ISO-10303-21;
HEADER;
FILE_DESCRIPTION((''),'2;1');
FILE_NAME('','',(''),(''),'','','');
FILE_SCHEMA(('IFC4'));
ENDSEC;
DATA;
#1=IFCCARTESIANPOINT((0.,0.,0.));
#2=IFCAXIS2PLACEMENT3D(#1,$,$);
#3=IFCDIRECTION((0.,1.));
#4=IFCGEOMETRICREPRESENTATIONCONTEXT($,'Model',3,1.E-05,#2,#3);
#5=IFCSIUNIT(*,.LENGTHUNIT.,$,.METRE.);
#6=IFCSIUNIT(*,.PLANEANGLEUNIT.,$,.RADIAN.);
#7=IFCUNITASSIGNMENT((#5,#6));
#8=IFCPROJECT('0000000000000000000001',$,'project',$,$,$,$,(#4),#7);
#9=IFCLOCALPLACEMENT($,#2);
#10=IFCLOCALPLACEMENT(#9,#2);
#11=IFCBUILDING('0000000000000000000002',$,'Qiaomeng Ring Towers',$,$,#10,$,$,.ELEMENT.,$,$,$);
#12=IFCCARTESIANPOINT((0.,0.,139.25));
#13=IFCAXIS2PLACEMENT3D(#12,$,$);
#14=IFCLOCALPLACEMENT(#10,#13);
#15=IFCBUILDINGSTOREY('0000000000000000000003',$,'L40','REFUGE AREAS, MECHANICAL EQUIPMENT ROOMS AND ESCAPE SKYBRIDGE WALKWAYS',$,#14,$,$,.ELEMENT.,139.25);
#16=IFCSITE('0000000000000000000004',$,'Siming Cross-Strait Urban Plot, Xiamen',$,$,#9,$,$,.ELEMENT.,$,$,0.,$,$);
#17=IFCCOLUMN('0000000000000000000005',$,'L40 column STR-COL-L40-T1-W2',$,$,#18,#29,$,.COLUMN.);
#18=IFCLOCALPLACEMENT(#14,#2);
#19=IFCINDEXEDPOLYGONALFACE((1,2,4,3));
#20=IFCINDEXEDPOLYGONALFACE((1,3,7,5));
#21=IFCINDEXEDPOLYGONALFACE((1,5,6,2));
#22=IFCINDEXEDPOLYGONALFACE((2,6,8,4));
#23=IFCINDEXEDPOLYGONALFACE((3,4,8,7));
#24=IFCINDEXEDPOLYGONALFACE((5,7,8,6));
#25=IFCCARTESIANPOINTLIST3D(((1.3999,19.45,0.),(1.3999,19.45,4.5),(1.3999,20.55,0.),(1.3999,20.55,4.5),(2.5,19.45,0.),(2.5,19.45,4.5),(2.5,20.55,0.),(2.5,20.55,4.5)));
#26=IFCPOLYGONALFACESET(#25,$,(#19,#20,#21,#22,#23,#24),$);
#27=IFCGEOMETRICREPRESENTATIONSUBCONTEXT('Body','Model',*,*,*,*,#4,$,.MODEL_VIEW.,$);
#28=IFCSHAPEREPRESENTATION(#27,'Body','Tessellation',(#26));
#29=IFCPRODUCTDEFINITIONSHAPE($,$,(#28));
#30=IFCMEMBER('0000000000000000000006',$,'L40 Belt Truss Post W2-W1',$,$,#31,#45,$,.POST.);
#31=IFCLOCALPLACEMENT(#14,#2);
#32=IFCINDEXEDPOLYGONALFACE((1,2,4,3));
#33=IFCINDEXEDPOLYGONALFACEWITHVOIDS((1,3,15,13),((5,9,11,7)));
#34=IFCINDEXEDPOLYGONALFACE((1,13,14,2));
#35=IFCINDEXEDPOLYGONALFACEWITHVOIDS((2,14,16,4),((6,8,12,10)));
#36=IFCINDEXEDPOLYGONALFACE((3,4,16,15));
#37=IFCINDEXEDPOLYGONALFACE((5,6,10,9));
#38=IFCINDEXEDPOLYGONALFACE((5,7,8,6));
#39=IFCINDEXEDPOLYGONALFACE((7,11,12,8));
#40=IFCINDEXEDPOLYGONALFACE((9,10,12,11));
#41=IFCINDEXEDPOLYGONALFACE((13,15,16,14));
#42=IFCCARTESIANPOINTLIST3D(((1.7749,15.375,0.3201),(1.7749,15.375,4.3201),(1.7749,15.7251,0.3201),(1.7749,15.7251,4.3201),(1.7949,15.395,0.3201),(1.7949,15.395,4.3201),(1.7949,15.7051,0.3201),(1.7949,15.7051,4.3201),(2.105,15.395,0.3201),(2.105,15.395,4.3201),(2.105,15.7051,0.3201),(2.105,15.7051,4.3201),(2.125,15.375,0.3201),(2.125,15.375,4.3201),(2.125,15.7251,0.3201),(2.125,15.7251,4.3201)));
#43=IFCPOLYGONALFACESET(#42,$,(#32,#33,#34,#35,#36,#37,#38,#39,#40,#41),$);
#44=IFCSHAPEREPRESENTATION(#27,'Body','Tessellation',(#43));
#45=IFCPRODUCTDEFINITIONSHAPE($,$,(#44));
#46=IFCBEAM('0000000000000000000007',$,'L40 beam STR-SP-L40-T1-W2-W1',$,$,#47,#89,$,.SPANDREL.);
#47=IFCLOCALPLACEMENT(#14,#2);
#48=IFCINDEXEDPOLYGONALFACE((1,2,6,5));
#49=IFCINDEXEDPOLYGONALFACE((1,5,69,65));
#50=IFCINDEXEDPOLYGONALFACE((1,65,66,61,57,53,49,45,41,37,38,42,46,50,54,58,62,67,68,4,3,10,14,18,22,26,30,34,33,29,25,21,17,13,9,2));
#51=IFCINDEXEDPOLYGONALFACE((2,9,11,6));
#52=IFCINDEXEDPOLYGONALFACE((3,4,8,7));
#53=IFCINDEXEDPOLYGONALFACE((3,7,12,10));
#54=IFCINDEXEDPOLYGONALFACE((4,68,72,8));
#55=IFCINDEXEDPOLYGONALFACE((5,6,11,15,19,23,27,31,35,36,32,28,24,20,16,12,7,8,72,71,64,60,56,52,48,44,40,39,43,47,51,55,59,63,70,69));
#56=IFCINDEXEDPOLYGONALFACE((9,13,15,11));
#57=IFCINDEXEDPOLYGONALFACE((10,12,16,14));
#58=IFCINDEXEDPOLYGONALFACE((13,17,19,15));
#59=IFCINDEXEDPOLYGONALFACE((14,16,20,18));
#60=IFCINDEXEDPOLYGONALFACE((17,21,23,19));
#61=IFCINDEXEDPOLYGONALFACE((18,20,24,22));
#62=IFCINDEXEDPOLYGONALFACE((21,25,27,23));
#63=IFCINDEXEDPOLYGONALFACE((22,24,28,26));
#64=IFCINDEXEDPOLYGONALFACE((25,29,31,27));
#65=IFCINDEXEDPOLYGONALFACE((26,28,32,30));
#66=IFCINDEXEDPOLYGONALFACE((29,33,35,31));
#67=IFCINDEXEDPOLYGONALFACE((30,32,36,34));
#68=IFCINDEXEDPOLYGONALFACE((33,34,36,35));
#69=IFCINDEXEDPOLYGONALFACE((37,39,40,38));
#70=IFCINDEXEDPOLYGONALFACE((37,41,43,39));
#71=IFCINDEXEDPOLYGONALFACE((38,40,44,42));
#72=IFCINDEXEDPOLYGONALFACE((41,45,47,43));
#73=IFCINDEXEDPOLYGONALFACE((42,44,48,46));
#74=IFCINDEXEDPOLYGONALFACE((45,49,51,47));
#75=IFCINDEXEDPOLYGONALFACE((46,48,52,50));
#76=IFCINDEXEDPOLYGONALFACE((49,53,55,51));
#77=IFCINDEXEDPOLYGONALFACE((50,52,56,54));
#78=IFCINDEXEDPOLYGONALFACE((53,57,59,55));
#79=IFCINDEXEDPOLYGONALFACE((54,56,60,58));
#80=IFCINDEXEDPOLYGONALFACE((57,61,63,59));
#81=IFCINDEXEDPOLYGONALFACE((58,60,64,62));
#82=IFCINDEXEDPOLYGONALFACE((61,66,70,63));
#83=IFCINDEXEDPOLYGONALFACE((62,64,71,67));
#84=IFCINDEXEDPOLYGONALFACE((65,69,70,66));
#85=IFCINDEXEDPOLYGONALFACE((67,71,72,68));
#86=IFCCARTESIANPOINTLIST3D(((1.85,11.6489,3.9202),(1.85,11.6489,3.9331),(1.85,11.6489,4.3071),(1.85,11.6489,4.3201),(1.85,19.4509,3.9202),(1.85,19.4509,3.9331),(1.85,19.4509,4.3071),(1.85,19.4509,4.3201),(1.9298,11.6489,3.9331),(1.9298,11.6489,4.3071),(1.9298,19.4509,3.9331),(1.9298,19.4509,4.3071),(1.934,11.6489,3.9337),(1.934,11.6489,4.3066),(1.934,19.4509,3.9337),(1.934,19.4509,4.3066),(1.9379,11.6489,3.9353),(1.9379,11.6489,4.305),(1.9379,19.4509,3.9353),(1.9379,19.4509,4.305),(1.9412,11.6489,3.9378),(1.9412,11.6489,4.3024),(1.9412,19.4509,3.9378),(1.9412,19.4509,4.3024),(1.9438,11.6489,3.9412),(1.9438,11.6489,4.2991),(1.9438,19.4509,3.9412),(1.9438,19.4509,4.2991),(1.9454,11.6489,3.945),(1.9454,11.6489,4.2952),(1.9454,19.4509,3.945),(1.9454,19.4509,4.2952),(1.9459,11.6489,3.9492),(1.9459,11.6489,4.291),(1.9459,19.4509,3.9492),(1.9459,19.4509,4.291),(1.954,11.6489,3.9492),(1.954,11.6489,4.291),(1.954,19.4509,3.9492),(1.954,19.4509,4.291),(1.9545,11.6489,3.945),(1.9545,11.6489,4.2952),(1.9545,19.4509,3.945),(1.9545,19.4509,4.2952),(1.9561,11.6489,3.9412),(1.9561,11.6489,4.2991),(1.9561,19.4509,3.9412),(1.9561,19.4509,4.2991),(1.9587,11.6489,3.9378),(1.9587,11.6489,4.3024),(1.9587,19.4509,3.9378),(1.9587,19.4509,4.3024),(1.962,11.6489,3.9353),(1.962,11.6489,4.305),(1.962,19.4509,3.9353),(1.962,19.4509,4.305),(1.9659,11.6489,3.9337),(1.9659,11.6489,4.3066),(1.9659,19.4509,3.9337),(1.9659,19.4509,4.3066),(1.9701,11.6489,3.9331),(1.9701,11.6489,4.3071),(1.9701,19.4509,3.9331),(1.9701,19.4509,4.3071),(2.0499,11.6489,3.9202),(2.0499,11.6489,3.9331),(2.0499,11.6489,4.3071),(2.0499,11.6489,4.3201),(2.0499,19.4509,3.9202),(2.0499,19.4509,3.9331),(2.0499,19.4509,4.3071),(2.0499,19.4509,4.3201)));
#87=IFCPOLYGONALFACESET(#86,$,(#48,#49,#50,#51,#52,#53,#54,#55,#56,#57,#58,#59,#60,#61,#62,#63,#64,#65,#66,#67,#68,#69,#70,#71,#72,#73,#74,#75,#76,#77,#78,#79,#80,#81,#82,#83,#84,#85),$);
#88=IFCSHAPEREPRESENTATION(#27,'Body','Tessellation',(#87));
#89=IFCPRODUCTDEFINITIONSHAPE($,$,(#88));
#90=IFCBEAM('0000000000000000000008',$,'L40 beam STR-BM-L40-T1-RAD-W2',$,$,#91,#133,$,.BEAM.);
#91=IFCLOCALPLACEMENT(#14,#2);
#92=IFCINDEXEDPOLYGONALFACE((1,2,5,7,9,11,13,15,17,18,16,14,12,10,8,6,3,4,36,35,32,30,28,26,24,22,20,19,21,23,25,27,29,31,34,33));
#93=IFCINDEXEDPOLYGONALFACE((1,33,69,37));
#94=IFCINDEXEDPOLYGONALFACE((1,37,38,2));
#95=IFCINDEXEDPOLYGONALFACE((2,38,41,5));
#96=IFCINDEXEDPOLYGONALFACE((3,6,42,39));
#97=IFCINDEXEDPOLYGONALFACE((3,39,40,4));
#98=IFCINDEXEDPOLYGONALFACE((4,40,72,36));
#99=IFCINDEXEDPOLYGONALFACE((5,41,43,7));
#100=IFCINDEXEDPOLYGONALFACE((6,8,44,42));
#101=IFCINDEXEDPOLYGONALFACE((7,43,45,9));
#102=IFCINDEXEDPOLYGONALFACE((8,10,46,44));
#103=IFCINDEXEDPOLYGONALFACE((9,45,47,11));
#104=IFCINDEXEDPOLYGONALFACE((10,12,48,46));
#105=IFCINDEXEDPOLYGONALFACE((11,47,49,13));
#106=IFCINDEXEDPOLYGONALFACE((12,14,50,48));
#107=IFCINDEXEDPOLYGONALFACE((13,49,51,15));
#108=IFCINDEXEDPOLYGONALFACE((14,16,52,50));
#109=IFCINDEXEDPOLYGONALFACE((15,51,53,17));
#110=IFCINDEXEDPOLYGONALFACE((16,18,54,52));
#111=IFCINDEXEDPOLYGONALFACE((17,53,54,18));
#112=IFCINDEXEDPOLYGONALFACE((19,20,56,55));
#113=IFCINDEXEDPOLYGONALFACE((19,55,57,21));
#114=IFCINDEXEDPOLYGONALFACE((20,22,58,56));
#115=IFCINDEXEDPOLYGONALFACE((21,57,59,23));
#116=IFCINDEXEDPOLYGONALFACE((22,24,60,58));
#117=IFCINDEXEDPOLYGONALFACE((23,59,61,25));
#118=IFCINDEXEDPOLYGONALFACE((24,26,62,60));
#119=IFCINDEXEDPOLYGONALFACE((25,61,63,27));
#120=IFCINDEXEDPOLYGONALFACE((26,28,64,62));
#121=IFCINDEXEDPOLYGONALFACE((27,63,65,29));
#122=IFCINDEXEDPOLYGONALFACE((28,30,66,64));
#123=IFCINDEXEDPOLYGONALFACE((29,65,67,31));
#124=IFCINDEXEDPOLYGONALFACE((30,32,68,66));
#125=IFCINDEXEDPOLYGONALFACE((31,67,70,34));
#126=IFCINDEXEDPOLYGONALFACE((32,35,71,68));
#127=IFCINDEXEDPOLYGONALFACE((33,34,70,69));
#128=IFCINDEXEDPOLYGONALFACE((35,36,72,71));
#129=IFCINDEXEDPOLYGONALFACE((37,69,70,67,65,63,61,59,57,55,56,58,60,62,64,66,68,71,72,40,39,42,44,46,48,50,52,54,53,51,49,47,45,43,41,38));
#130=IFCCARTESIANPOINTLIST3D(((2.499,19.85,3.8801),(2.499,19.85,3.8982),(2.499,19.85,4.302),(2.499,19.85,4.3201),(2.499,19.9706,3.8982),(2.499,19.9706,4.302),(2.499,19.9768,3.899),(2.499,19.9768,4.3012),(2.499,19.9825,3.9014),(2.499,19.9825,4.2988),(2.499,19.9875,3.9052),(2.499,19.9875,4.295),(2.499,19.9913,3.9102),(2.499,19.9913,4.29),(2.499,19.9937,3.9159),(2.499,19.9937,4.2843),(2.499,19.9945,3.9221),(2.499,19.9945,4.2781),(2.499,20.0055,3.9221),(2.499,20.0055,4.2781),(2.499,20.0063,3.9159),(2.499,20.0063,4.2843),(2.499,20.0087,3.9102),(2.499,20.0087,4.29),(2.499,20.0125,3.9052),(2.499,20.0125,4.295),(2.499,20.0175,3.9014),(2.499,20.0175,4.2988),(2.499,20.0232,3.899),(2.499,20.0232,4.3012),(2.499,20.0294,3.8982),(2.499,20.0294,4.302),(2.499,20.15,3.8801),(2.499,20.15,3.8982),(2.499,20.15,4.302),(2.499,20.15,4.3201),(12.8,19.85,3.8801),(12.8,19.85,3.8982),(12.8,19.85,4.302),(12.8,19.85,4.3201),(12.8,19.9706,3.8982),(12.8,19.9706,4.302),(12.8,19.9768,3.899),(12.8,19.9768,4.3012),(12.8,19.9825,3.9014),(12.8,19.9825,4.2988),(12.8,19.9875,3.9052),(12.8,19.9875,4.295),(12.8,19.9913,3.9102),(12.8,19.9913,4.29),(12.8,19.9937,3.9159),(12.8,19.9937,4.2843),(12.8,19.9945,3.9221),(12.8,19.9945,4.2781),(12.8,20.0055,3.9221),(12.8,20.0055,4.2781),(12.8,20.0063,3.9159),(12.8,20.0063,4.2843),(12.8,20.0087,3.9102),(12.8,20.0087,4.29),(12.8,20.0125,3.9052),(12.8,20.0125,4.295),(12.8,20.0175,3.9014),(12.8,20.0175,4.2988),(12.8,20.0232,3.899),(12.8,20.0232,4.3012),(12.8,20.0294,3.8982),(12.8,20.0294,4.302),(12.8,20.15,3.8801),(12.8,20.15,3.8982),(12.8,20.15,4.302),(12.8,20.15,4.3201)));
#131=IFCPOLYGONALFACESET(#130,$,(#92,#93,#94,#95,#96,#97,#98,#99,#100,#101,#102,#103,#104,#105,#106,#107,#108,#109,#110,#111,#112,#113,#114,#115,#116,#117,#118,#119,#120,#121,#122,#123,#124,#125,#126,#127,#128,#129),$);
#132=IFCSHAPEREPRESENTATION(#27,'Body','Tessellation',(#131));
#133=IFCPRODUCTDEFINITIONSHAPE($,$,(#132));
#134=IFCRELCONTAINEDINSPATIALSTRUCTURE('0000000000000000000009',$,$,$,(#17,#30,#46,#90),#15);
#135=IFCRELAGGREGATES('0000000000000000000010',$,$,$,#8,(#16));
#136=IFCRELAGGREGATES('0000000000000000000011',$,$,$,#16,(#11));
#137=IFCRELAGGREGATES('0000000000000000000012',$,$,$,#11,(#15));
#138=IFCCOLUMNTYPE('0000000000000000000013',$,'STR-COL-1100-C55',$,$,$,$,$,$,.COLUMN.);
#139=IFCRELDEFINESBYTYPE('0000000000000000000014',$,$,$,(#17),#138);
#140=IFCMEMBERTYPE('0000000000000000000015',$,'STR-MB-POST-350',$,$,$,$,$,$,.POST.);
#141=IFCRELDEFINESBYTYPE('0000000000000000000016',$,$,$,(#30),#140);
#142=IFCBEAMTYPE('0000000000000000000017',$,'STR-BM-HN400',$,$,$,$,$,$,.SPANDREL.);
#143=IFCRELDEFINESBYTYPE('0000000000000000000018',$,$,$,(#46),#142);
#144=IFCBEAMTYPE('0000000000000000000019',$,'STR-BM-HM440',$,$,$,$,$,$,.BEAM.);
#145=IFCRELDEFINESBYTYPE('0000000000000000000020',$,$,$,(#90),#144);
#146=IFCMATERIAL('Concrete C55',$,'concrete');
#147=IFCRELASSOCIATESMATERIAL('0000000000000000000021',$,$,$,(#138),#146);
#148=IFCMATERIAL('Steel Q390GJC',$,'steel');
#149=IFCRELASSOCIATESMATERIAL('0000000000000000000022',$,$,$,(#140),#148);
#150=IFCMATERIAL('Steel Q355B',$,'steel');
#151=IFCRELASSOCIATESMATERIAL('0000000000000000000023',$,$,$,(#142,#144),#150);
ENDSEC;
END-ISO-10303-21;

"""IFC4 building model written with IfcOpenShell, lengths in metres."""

from ifc_helpers import new_model, si_unit, direction, frame, origin, origin_2d, place, context, subcontext, project, spatial, rectangle, hollow_rectangle, i_section, extrude, source, transform, mapped, material, material_profile, profile_set, type_object, element, save


model = new_model("IFC4")

# Units and contexts
model_context = context("Model", 3, precision=1e-05, world=origin(), true_north=direction((0.0, 1.0)))
body_context = subcontext(model_context, "Body", "Model", "MODEL_VIEW")
ifc_project = project(units=[si_unit("LENGTHUNIT", "METRE"), si_unit("PLANEANGLEUNIT", "RADIAN")], contexts=[model_context])

# Site, building, storey
site_placement = place(None, origin())
site = spatial("IfcSite", under=ifc_project, at=site_placement, Name="Siming Cross-Strait Urban Plot, Xiamen", CompositionType="ELEMENT", RefElevation=0.0)
building_placement = place(site_placement, origin())
building = spatial("IfcBuilding", under=site, at=building_placement, Name="Qiaomeng Ring Towers", CompositionType="ELEMENT")
storey_placement = place(building_placement, frame((0.0, 0.0, 139.25)))
storey = spatial("IfcBuildingStorey", under=building, at=storey_placement, Name="L40", Description="REFUGE AREAS, MECHANICAL EQUIPMENT ROOMS AND ESCAPE SKYBRIDGE WALKWAYS", CompositionType="ELEMENT", Elevation=139.25)

# Column
ifc_material_1 = material(Name="Concrete C55", Category="concrete")
ifc_material_profile_1 = material_profile(ifc_material_1, rectangle(XDim=1.1001, YDim=1.1001, at=origin_2d()), Name="RC COL 1100x1100")
ifc_profile_set_1 = profile_set([ifc_material_profile_1], Name="Concrete C55")
column_type = type_object("IfcColumnType", Name="STR-COL-1100-C55", PredefinedType="COLUMN", material=ifc_profile_set_1)
shared_shape_1 = source(origin(), body_context, "Body", "SweptSolid", [
    extrude(rectangle(XDim=1.1001, YDim=1.1001, at=origin_2d()), origin(), (0.0, 0.0, 1.0), 4.5),
])
column_placement = place(storey_placement, frame((1.95, 20.0, 0.0), z_axis=(0.0, 0.0, 1.0), x_axis=(1.0, 0.0, 0.0)))
element("IfcColumn", 1, at=column_placement, inside=storey, type_object=column_type, Name="L40 column STR-COL-L40-T1-W2", PredefinedType="COLUMN", context=body_context, shape_type="MappedRepresentation", body=[
    mapped(shared_shape_1, transform((0.0, 0.0, 0.0), x_axis=(1.0, 0.0, 0.0), y_axis=(0.0, 1.0, 0.0), z_axis=(0.0, 0.0, 1.0), scale=1.0)),
])

# Member
ifc_material_2 = material(Name="Steel Q390GJC", Category="steel")
ifc_material_profile_2 = material_profile(ifc_material_2, hollow_rectangle(XDim=0.3501, YDim=0.3501, WallThickness=0.02, at=origin_2d()), Name="SHS 350x350x20")
ifc_profile_set_2 = profile_set([ifc_material_profile_2], Name="Steel Q390GJC")
member_type_1 = type_object("IfcMemberType", Name="STR-MB-POST-350", PredefinedType="POST", material=ifc_profile_set_2)
shared_shape_2 = source(origin(), body_context, "Body", "SweptSolid", [
    extrude(hollow_rectangle(XDim=0.3501, YDim=0.3501, WallThickness=0.02, at=origin_2d()), origin(), (0.0, 0.0, 1.0), 4.0),
])
member_1_placement = place(storey_placement, frame((1.95, 15.55, 0.3201), z_axis=(0.0, 0.0, 1.0), x_axis=(1.0, 0.0, 0.0)))
element("IfcMember", 2, at=member_1_placement, inside=storey, type_object=member_type_1, Name="L40 Belt Truss Post W2-W1", PredefinedType="POST", context=body_context, shape_type="MappedRepresentation", body=[
    mapped(shared_shape_2, transform((0.0, 0.0, 0.0), x_axis=(1.0, 0.0, 0.0), y_axis=(0.0, 1.0, 0.0), z_axis=(0.0, 0.0, 1.0), scale=1.0)),
])

# Beams
ifc_material_3 = material(Name="Steel Q355B", Category="steel")
ifc_material_profile_3 = material_profile(ifc_material_3, i_section(OverallWidth=0.2, OverallDepth=0.3999, WebThickness=0.0081, FlangeThickness=0.0129, FilletRadius=0.0161, at=origin_2d()), Name="HN 400x200x8x13")
ifc_profile_set_3 = profile_set([ifc_material_profile_3], Name="Steel Q355B")
beam_type_1 = type_object("IfcBeamType", Name="STR-BM-HN400", PredefinedType="SPANDREL", material=ifc_profile_set_3)
shared_shape_3 = source(origin(), body_context, "Body", "SweptSolid", [
    extrude(i_section(OverallWidth=0.2, OverallDepth=0.3999, WebThickness=0.0081, FlangeThickness=0.0129, FilletRadius=0.0161, at=origin_2d()), origin(), (0.0, 0.0, 1.0), 7.802),
])
beam_1_placement = place(storey_placement, frame((1.95, 19.4509, 4.1201), z_axis=(0.0, -1.0, 0.0), x_axis=(1.0, 0.0, 0.0)))
element("IfcBeam", 3, at=beam_1_placement, inside=storey, type_object=beam_type_1, Name="L40 beam STR-SP-L40-T1-W2-W1", PredefinedType="SPANDREL", context=body_context, shape_type="MappedRepresentation", body=[
    mapped(shared_shape_3, transform((0.0, 0.0, 0.0), x_axis=(1.0, 0.0, 0.0), y_axis=(0.0, 1.0, 0.0), z_axis=(0.0, 0.0, 1.0), scale=1.0)),
])
ifc_material_profile_4 = material_profile(ifc_material_3, i_section(OverallWidth=0.3, OverallDepth=0.4399, WebThickness=0.011, FlangeThickness=0.0181, FilletRadius=0.0239, at=origin_2d()), Name="HM 440x300x11x18")
ifc_profile_set_4 = profile_set([ifc_material_profile_4], Name="Steel Q355B")
beam_type_2 = type_object("IfcBeamType", Name="STR-BM-HM440", PredefinedType="BEAM", material=ifc_profile_set_4)
shared_shape_4 = source(origin(), body_context, "Body", "SweptSolid", [
    extrude(i_section(OverallWidth=0.3, OverallDepth=0.4399, WebThickness=0.011, FlangeThickness=0.0181, FilletRadius=0.0239, at=origin_2d()), origin(), (0.0, 0.0, 1.0), 10.301),
])
beam_2_placement = place(storey_placement, frame((2.499, 20.0, 4.1001), z_axis=(1.0, 0.0, 0.0), x_axis=(0.0, 1.0, 0.0)))
element("IfcBeam", 4, at=beam_2_placement, inside=storey, type_object=beam_type_2, Name="L40 beam STR-BM-L40-T1-RAD-W2", PredefinedType="BEAM", context=body_context, shape_type="MappedRepresentation", body=[
    mapped(shared_shape_4, transform((0.0, 0.0, 0.0), x_axis=(1.0, 0.0, 0.0), y_axis=(0.0, 1.0, 0.0), z_axis=(0.0, 0.0, 1.0), scale=1.0)),
])

save(model, "model.ifc")
